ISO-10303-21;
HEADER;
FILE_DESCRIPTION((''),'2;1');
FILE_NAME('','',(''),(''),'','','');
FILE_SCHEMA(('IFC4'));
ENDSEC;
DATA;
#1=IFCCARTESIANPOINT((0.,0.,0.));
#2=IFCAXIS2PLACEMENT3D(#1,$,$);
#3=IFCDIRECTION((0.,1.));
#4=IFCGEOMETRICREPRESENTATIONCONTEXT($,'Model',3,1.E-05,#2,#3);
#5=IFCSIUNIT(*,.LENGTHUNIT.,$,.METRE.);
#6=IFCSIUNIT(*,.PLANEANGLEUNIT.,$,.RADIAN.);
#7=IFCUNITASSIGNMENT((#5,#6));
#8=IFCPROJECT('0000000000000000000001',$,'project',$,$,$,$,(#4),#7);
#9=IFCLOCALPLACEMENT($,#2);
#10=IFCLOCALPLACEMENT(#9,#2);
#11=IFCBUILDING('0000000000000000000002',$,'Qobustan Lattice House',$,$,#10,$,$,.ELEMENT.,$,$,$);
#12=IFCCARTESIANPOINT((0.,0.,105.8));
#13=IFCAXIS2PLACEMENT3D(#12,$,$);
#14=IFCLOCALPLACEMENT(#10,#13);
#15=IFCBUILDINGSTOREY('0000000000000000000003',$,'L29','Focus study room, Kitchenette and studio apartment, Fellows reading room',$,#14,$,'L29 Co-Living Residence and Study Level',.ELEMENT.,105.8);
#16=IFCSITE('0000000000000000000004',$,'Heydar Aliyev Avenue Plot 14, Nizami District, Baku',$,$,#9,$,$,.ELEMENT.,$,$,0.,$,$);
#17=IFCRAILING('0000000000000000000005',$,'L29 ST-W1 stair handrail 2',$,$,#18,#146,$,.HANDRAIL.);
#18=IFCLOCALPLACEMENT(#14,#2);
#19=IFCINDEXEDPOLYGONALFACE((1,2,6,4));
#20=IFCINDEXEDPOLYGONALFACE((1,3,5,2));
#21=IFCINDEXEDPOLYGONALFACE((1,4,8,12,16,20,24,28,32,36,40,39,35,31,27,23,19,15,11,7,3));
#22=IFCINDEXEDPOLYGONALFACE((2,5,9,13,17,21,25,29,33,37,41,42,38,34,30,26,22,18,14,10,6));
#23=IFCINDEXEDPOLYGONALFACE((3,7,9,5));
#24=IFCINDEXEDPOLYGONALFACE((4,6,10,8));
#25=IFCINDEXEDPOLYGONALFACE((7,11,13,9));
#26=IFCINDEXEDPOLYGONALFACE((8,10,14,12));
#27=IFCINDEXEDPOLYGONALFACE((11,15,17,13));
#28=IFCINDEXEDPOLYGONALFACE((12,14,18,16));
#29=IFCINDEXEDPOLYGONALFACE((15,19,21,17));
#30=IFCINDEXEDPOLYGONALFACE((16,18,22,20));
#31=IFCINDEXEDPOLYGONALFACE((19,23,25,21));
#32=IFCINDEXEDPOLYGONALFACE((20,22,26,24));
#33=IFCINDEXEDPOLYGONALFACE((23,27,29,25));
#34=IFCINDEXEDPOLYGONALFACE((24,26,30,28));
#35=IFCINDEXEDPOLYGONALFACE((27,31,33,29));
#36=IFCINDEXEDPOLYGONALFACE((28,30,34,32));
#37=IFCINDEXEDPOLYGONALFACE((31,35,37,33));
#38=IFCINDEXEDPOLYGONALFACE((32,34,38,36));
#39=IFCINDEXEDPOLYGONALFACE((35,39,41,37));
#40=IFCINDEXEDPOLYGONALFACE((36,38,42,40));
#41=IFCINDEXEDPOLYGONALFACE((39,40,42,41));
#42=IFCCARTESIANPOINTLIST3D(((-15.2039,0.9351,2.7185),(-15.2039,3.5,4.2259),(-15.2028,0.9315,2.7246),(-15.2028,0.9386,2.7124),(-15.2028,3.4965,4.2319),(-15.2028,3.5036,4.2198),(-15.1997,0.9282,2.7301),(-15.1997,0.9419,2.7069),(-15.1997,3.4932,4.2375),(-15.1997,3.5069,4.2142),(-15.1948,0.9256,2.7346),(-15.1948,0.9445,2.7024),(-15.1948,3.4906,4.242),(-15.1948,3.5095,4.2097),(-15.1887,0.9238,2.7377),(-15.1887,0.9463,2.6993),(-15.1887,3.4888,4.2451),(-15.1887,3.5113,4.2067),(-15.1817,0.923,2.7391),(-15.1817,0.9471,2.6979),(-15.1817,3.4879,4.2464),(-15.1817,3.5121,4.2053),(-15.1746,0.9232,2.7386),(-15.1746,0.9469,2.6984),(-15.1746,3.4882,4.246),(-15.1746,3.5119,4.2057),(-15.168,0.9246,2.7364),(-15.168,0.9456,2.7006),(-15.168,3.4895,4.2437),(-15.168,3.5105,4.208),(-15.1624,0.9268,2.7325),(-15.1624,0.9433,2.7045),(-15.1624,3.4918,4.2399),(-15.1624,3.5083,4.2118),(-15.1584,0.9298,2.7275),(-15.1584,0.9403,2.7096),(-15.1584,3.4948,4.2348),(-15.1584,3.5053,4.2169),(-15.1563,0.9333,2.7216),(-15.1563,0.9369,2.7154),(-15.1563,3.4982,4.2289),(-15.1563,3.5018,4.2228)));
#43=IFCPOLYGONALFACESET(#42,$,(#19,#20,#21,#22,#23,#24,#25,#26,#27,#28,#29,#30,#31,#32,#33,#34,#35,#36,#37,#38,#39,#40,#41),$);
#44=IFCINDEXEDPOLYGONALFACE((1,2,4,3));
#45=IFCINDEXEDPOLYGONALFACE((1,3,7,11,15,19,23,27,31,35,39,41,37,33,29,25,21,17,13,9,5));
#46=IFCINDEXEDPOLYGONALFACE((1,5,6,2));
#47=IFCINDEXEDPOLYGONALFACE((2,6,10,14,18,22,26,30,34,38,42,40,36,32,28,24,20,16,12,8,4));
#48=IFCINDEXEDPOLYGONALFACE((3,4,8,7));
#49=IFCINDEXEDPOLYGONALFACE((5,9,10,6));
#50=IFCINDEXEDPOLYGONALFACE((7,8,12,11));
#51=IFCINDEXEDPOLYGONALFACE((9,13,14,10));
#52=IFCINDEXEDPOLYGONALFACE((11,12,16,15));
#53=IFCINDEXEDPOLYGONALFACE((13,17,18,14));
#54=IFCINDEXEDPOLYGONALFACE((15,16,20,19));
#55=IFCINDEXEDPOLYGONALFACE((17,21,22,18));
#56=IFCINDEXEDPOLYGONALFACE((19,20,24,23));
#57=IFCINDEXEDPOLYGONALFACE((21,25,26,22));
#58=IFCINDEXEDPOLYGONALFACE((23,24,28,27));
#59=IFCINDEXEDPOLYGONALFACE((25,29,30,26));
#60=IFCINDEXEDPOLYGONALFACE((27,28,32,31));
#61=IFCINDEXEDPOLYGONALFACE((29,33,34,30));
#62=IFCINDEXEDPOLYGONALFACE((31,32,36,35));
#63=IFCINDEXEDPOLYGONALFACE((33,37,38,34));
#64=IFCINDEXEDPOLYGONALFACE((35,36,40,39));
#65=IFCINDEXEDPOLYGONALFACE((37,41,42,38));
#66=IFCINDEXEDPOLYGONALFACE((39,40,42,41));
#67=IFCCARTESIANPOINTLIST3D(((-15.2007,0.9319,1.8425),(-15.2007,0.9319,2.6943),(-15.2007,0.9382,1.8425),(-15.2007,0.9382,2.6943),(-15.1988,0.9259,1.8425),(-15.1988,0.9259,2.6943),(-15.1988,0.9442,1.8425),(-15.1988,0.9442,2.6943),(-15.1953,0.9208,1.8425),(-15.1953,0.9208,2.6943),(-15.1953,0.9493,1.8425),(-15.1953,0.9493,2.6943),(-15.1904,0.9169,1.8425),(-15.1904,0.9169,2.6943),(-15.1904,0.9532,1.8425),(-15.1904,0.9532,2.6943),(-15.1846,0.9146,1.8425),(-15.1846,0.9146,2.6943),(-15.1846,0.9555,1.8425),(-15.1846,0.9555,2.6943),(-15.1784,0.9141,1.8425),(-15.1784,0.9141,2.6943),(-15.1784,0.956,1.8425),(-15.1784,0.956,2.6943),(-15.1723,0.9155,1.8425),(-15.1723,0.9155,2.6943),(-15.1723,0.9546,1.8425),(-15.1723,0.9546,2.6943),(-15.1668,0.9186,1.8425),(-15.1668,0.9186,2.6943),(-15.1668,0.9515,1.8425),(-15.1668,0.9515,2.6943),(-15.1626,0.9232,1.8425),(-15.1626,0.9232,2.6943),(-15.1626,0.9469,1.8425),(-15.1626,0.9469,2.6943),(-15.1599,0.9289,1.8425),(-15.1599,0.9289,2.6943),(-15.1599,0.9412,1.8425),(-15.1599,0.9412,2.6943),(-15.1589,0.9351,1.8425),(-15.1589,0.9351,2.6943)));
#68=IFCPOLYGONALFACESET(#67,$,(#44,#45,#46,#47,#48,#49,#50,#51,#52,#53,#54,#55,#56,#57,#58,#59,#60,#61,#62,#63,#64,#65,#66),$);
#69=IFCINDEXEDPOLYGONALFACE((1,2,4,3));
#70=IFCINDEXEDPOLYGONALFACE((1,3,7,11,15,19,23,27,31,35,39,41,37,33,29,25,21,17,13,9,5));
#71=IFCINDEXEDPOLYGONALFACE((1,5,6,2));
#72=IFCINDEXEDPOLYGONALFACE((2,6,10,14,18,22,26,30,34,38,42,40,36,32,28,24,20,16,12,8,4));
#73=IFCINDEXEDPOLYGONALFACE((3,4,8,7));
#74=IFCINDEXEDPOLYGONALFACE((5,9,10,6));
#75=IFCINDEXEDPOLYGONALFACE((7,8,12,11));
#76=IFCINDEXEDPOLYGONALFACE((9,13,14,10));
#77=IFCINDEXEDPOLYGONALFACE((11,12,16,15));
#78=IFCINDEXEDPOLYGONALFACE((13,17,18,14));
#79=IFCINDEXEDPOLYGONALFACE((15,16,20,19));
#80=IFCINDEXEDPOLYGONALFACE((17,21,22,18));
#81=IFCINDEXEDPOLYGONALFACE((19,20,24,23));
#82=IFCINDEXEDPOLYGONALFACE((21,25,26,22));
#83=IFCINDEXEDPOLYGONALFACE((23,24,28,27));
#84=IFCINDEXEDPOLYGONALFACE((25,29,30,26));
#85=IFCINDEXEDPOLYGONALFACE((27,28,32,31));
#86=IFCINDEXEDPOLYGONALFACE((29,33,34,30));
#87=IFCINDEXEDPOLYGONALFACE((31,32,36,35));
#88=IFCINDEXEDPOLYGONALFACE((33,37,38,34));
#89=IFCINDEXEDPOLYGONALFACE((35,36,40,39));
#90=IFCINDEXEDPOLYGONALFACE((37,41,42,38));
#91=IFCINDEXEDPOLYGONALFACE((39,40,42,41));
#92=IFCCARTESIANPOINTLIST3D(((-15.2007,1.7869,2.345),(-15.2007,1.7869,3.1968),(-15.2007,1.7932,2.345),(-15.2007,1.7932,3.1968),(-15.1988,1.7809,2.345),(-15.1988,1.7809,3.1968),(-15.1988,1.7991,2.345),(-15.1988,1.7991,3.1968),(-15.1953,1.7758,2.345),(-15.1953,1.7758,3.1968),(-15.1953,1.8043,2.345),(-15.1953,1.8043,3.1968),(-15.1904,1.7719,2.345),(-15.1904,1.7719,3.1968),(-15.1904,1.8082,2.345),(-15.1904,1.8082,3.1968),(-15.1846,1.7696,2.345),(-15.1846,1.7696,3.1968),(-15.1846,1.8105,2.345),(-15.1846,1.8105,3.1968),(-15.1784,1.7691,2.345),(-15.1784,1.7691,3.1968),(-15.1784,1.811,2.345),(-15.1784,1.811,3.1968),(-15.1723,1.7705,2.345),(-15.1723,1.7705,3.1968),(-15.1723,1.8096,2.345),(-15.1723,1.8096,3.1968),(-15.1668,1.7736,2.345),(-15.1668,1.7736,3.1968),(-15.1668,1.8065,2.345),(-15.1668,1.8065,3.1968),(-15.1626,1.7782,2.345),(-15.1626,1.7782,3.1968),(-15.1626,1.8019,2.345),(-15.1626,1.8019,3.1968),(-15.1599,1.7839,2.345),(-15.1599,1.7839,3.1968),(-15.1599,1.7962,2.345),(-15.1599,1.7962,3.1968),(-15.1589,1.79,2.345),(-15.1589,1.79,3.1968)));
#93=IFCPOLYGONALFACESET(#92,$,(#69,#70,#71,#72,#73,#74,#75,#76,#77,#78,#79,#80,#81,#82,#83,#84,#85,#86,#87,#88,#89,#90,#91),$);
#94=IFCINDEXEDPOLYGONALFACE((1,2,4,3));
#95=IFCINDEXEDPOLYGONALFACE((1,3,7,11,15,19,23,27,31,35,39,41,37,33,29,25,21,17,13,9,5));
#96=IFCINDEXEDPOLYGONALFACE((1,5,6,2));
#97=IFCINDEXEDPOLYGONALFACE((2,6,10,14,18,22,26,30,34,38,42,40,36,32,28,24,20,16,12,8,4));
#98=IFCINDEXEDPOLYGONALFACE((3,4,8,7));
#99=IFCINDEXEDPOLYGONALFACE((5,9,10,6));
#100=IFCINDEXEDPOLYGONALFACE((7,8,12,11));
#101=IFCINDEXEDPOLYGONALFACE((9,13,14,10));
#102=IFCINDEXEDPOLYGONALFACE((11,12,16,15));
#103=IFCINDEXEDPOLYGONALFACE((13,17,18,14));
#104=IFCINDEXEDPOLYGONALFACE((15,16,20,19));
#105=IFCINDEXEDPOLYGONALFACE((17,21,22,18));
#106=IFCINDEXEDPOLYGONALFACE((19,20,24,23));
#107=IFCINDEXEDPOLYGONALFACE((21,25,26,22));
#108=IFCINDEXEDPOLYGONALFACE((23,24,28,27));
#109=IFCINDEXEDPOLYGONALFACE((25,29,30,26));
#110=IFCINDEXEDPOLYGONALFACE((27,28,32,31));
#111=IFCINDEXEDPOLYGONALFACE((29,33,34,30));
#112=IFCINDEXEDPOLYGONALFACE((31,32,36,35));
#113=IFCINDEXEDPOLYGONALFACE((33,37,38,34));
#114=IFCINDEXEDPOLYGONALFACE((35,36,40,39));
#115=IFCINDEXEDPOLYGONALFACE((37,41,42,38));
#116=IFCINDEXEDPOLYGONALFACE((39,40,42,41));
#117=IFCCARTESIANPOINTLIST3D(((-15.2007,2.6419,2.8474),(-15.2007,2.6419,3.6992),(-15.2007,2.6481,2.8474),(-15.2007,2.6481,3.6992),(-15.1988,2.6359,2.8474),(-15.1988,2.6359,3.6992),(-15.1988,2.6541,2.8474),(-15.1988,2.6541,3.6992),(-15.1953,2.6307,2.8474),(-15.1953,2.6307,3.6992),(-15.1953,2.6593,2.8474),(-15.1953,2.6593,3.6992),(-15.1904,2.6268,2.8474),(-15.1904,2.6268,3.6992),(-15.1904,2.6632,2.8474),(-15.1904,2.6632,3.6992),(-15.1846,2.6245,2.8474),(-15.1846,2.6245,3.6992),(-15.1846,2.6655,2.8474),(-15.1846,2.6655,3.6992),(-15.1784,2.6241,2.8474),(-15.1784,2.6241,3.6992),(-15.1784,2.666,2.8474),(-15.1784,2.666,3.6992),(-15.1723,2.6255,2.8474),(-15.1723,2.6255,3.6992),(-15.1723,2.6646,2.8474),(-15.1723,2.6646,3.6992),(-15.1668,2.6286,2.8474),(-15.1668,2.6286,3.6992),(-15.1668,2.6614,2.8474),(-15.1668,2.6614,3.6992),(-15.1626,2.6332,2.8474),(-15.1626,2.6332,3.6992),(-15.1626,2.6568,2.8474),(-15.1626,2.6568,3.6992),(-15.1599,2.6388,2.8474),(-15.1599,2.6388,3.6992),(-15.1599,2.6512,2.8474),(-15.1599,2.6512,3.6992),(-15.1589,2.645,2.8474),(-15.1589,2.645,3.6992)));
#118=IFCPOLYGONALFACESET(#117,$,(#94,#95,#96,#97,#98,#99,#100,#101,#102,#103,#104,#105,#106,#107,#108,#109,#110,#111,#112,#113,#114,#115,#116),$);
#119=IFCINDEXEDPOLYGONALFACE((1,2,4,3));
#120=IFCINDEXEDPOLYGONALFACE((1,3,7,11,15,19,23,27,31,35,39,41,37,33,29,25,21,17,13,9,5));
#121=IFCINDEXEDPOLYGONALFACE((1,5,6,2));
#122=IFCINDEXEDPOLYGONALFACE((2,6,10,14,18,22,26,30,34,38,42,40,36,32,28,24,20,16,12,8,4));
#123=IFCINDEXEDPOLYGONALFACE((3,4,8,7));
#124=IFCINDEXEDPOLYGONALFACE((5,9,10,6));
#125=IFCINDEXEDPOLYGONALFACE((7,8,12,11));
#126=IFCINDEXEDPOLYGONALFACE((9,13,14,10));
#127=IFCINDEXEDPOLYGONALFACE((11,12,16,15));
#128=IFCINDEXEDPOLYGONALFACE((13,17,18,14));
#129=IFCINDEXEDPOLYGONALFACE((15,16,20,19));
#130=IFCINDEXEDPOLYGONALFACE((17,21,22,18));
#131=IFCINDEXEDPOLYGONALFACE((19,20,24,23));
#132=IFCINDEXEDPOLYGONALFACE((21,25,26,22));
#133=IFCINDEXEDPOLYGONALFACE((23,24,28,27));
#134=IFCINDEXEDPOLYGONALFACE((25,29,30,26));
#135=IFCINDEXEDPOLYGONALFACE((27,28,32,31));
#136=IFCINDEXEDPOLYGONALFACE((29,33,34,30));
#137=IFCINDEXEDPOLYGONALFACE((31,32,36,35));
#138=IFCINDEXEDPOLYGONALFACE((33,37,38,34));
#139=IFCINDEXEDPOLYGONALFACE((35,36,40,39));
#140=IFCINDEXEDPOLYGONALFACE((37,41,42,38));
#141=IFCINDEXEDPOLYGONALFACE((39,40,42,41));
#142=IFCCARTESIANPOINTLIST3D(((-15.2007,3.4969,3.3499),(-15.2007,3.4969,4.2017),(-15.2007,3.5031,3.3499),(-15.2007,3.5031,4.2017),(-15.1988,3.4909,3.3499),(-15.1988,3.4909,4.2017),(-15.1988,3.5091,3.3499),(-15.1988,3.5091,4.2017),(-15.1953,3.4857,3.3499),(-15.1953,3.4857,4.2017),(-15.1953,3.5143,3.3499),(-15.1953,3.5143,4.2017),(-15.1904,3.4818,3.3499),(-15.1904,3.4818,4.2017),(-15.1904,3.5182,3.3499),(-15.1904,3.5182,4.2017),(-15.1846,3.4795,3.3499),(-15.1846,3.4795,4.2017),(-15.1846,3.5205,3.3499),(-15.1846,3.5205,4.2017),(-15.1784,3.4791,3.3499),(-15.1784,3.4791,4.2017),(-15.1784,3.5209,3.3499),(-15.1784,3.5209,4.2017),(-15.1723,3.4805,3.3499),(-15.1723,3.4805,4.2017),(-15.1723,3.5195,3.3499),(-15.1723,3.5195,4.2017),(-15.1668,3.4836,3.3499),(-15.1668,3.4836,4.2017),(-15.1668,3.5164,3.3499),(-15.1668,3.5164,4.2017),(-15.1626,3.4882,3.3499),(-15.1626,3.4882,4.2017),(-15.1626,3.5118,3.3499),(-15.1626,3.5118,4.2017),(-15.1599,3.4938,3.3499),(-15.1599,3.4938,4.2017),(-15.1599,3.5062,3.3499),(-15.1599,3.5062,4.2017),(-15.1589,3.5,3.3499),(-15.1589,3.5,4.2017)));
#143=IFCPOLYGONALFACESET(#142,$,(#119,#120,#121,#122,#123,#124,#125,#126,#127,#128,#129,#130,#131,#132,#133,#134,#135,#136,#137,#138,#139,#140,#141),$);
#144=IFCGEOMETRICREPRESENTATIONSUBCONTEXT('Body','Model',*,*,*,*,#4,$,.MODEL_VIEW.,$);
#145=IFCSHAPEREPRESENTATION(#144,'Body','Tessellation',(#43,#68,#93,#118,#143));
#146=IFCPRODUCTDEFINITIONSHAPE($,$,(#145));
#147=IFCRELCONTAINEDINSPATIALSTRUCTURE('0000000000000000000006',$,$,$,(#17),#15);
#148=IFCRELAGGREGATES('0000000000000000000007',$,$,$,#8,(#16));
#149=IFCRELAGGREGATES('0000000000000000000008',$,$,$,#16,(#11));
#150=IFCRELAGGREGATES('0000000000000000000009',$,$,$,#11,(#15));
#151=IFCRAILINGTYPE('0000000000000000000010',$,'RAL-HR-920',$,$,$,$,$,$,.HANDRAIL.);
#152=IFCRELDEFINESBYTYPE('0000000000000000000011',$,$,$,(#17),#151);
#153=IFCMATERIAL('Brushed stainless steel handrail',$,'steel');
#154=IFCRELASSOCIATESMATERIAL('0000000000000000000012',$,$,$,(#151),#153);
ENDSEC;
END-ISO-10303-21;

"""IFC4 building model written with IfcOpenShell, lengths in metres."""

from ifc_helpers import new_model, si_unit, direction, frame, origin, origin_2d, place, context, subcontext, project, spatial, circle, extrude, material, type_object, element, save


model = new_model("IFC4")

# Units and contexts
model_context = context("Model", 3, precision=1e-05, world=origin(), true_north=direction((0.0, 1.0)))
body_context = subcontext(model_context, "Body", "Model", "MODEL_VIEW")
ifc_project = project(units=[si_unit("LENGTHUNIT", "METRE"), si_unit("PLANEANGLEUNIT", "RADIAN")], contexts=[model_context])

# Site, building, storey
site_placement = place(None, origin())
site = spatial("IfcSite", under=ifc_project, at=site_placement, Name="Heydar Aliyev Avenue Plot 14, Nizami District, Baku", CompositionType="ELEMENT", RefElevation=0.0)
building_placement = place(site_placement, origin())
building = spatial("IfcBuilding", under=site, at=building_placement, Name="Qobustan Lattice House", CompositionType="ELEMENT")
storey_placement = place(building_placement, frame((0.0, 0.0, 105.8)))
storey = spatial("IfcBuildingStorey", under=building, at=storey_placement, Name="L29", Description="Focus study room, Kitchenette and studio apartment, Fellows reading room", LongName="L29 Co-Living Residence and Study Level", CompositionType="ELEMENT", Elevation=105.8)

# Railing
ifc_material_1 = material(Name="Brushed stainless steel handrail", Category="steel")
railing_type_1 = type_object("IfcRailingType", Name="RAL-HR-920", PredefinedType="HANDRAIL", material=ifc_material_1)
railing_1_placement = place(storey_placement, frame((-15.1799, 0.9351, 1.8425)))
element("IfcRailing", 1, at=railing_1_placement, inside=storey, type_object=railing_type_1, Name="L29 ST-W1 stair handrail 2", PredefinedType="HANDRAIL", context=body_context, shape_type="SweptSolid", body=[
    extrude(circle(Radius=0.0239, at=origin_2d()), frame((0.0, 0.0, 0.876), z_axis=(0.0, 0.862149, 0.506654), x_axis=(-1.0, 0.0, 0.0)), (0.0, 0.0, 1.0), 2.9751),
    extrude(circle(Radius=0.021, at=origin_2d()), origin(), (0.0, 0.0, 1.0), 0.8518),
    extrude(circle(Radius=0.021, at=origin_2d()), frame((0.0, 0.855, 0.5024)), (0.0, 0.0, 1.0), 0.8518),
    extrude(circle(Radius=0.021, at=origin_2d()), frame((0.0, 1.71, 1.0049)), (0.0, 0.0, 1.0), 0.8518),
    extrude(circle(Radius=0.021, at=origin_2d()), frame((0.0, 2.5649, 1.5073)), (0.0, 0.0, 1.0), 0.8518),
])

save(model, "model.ifc")
